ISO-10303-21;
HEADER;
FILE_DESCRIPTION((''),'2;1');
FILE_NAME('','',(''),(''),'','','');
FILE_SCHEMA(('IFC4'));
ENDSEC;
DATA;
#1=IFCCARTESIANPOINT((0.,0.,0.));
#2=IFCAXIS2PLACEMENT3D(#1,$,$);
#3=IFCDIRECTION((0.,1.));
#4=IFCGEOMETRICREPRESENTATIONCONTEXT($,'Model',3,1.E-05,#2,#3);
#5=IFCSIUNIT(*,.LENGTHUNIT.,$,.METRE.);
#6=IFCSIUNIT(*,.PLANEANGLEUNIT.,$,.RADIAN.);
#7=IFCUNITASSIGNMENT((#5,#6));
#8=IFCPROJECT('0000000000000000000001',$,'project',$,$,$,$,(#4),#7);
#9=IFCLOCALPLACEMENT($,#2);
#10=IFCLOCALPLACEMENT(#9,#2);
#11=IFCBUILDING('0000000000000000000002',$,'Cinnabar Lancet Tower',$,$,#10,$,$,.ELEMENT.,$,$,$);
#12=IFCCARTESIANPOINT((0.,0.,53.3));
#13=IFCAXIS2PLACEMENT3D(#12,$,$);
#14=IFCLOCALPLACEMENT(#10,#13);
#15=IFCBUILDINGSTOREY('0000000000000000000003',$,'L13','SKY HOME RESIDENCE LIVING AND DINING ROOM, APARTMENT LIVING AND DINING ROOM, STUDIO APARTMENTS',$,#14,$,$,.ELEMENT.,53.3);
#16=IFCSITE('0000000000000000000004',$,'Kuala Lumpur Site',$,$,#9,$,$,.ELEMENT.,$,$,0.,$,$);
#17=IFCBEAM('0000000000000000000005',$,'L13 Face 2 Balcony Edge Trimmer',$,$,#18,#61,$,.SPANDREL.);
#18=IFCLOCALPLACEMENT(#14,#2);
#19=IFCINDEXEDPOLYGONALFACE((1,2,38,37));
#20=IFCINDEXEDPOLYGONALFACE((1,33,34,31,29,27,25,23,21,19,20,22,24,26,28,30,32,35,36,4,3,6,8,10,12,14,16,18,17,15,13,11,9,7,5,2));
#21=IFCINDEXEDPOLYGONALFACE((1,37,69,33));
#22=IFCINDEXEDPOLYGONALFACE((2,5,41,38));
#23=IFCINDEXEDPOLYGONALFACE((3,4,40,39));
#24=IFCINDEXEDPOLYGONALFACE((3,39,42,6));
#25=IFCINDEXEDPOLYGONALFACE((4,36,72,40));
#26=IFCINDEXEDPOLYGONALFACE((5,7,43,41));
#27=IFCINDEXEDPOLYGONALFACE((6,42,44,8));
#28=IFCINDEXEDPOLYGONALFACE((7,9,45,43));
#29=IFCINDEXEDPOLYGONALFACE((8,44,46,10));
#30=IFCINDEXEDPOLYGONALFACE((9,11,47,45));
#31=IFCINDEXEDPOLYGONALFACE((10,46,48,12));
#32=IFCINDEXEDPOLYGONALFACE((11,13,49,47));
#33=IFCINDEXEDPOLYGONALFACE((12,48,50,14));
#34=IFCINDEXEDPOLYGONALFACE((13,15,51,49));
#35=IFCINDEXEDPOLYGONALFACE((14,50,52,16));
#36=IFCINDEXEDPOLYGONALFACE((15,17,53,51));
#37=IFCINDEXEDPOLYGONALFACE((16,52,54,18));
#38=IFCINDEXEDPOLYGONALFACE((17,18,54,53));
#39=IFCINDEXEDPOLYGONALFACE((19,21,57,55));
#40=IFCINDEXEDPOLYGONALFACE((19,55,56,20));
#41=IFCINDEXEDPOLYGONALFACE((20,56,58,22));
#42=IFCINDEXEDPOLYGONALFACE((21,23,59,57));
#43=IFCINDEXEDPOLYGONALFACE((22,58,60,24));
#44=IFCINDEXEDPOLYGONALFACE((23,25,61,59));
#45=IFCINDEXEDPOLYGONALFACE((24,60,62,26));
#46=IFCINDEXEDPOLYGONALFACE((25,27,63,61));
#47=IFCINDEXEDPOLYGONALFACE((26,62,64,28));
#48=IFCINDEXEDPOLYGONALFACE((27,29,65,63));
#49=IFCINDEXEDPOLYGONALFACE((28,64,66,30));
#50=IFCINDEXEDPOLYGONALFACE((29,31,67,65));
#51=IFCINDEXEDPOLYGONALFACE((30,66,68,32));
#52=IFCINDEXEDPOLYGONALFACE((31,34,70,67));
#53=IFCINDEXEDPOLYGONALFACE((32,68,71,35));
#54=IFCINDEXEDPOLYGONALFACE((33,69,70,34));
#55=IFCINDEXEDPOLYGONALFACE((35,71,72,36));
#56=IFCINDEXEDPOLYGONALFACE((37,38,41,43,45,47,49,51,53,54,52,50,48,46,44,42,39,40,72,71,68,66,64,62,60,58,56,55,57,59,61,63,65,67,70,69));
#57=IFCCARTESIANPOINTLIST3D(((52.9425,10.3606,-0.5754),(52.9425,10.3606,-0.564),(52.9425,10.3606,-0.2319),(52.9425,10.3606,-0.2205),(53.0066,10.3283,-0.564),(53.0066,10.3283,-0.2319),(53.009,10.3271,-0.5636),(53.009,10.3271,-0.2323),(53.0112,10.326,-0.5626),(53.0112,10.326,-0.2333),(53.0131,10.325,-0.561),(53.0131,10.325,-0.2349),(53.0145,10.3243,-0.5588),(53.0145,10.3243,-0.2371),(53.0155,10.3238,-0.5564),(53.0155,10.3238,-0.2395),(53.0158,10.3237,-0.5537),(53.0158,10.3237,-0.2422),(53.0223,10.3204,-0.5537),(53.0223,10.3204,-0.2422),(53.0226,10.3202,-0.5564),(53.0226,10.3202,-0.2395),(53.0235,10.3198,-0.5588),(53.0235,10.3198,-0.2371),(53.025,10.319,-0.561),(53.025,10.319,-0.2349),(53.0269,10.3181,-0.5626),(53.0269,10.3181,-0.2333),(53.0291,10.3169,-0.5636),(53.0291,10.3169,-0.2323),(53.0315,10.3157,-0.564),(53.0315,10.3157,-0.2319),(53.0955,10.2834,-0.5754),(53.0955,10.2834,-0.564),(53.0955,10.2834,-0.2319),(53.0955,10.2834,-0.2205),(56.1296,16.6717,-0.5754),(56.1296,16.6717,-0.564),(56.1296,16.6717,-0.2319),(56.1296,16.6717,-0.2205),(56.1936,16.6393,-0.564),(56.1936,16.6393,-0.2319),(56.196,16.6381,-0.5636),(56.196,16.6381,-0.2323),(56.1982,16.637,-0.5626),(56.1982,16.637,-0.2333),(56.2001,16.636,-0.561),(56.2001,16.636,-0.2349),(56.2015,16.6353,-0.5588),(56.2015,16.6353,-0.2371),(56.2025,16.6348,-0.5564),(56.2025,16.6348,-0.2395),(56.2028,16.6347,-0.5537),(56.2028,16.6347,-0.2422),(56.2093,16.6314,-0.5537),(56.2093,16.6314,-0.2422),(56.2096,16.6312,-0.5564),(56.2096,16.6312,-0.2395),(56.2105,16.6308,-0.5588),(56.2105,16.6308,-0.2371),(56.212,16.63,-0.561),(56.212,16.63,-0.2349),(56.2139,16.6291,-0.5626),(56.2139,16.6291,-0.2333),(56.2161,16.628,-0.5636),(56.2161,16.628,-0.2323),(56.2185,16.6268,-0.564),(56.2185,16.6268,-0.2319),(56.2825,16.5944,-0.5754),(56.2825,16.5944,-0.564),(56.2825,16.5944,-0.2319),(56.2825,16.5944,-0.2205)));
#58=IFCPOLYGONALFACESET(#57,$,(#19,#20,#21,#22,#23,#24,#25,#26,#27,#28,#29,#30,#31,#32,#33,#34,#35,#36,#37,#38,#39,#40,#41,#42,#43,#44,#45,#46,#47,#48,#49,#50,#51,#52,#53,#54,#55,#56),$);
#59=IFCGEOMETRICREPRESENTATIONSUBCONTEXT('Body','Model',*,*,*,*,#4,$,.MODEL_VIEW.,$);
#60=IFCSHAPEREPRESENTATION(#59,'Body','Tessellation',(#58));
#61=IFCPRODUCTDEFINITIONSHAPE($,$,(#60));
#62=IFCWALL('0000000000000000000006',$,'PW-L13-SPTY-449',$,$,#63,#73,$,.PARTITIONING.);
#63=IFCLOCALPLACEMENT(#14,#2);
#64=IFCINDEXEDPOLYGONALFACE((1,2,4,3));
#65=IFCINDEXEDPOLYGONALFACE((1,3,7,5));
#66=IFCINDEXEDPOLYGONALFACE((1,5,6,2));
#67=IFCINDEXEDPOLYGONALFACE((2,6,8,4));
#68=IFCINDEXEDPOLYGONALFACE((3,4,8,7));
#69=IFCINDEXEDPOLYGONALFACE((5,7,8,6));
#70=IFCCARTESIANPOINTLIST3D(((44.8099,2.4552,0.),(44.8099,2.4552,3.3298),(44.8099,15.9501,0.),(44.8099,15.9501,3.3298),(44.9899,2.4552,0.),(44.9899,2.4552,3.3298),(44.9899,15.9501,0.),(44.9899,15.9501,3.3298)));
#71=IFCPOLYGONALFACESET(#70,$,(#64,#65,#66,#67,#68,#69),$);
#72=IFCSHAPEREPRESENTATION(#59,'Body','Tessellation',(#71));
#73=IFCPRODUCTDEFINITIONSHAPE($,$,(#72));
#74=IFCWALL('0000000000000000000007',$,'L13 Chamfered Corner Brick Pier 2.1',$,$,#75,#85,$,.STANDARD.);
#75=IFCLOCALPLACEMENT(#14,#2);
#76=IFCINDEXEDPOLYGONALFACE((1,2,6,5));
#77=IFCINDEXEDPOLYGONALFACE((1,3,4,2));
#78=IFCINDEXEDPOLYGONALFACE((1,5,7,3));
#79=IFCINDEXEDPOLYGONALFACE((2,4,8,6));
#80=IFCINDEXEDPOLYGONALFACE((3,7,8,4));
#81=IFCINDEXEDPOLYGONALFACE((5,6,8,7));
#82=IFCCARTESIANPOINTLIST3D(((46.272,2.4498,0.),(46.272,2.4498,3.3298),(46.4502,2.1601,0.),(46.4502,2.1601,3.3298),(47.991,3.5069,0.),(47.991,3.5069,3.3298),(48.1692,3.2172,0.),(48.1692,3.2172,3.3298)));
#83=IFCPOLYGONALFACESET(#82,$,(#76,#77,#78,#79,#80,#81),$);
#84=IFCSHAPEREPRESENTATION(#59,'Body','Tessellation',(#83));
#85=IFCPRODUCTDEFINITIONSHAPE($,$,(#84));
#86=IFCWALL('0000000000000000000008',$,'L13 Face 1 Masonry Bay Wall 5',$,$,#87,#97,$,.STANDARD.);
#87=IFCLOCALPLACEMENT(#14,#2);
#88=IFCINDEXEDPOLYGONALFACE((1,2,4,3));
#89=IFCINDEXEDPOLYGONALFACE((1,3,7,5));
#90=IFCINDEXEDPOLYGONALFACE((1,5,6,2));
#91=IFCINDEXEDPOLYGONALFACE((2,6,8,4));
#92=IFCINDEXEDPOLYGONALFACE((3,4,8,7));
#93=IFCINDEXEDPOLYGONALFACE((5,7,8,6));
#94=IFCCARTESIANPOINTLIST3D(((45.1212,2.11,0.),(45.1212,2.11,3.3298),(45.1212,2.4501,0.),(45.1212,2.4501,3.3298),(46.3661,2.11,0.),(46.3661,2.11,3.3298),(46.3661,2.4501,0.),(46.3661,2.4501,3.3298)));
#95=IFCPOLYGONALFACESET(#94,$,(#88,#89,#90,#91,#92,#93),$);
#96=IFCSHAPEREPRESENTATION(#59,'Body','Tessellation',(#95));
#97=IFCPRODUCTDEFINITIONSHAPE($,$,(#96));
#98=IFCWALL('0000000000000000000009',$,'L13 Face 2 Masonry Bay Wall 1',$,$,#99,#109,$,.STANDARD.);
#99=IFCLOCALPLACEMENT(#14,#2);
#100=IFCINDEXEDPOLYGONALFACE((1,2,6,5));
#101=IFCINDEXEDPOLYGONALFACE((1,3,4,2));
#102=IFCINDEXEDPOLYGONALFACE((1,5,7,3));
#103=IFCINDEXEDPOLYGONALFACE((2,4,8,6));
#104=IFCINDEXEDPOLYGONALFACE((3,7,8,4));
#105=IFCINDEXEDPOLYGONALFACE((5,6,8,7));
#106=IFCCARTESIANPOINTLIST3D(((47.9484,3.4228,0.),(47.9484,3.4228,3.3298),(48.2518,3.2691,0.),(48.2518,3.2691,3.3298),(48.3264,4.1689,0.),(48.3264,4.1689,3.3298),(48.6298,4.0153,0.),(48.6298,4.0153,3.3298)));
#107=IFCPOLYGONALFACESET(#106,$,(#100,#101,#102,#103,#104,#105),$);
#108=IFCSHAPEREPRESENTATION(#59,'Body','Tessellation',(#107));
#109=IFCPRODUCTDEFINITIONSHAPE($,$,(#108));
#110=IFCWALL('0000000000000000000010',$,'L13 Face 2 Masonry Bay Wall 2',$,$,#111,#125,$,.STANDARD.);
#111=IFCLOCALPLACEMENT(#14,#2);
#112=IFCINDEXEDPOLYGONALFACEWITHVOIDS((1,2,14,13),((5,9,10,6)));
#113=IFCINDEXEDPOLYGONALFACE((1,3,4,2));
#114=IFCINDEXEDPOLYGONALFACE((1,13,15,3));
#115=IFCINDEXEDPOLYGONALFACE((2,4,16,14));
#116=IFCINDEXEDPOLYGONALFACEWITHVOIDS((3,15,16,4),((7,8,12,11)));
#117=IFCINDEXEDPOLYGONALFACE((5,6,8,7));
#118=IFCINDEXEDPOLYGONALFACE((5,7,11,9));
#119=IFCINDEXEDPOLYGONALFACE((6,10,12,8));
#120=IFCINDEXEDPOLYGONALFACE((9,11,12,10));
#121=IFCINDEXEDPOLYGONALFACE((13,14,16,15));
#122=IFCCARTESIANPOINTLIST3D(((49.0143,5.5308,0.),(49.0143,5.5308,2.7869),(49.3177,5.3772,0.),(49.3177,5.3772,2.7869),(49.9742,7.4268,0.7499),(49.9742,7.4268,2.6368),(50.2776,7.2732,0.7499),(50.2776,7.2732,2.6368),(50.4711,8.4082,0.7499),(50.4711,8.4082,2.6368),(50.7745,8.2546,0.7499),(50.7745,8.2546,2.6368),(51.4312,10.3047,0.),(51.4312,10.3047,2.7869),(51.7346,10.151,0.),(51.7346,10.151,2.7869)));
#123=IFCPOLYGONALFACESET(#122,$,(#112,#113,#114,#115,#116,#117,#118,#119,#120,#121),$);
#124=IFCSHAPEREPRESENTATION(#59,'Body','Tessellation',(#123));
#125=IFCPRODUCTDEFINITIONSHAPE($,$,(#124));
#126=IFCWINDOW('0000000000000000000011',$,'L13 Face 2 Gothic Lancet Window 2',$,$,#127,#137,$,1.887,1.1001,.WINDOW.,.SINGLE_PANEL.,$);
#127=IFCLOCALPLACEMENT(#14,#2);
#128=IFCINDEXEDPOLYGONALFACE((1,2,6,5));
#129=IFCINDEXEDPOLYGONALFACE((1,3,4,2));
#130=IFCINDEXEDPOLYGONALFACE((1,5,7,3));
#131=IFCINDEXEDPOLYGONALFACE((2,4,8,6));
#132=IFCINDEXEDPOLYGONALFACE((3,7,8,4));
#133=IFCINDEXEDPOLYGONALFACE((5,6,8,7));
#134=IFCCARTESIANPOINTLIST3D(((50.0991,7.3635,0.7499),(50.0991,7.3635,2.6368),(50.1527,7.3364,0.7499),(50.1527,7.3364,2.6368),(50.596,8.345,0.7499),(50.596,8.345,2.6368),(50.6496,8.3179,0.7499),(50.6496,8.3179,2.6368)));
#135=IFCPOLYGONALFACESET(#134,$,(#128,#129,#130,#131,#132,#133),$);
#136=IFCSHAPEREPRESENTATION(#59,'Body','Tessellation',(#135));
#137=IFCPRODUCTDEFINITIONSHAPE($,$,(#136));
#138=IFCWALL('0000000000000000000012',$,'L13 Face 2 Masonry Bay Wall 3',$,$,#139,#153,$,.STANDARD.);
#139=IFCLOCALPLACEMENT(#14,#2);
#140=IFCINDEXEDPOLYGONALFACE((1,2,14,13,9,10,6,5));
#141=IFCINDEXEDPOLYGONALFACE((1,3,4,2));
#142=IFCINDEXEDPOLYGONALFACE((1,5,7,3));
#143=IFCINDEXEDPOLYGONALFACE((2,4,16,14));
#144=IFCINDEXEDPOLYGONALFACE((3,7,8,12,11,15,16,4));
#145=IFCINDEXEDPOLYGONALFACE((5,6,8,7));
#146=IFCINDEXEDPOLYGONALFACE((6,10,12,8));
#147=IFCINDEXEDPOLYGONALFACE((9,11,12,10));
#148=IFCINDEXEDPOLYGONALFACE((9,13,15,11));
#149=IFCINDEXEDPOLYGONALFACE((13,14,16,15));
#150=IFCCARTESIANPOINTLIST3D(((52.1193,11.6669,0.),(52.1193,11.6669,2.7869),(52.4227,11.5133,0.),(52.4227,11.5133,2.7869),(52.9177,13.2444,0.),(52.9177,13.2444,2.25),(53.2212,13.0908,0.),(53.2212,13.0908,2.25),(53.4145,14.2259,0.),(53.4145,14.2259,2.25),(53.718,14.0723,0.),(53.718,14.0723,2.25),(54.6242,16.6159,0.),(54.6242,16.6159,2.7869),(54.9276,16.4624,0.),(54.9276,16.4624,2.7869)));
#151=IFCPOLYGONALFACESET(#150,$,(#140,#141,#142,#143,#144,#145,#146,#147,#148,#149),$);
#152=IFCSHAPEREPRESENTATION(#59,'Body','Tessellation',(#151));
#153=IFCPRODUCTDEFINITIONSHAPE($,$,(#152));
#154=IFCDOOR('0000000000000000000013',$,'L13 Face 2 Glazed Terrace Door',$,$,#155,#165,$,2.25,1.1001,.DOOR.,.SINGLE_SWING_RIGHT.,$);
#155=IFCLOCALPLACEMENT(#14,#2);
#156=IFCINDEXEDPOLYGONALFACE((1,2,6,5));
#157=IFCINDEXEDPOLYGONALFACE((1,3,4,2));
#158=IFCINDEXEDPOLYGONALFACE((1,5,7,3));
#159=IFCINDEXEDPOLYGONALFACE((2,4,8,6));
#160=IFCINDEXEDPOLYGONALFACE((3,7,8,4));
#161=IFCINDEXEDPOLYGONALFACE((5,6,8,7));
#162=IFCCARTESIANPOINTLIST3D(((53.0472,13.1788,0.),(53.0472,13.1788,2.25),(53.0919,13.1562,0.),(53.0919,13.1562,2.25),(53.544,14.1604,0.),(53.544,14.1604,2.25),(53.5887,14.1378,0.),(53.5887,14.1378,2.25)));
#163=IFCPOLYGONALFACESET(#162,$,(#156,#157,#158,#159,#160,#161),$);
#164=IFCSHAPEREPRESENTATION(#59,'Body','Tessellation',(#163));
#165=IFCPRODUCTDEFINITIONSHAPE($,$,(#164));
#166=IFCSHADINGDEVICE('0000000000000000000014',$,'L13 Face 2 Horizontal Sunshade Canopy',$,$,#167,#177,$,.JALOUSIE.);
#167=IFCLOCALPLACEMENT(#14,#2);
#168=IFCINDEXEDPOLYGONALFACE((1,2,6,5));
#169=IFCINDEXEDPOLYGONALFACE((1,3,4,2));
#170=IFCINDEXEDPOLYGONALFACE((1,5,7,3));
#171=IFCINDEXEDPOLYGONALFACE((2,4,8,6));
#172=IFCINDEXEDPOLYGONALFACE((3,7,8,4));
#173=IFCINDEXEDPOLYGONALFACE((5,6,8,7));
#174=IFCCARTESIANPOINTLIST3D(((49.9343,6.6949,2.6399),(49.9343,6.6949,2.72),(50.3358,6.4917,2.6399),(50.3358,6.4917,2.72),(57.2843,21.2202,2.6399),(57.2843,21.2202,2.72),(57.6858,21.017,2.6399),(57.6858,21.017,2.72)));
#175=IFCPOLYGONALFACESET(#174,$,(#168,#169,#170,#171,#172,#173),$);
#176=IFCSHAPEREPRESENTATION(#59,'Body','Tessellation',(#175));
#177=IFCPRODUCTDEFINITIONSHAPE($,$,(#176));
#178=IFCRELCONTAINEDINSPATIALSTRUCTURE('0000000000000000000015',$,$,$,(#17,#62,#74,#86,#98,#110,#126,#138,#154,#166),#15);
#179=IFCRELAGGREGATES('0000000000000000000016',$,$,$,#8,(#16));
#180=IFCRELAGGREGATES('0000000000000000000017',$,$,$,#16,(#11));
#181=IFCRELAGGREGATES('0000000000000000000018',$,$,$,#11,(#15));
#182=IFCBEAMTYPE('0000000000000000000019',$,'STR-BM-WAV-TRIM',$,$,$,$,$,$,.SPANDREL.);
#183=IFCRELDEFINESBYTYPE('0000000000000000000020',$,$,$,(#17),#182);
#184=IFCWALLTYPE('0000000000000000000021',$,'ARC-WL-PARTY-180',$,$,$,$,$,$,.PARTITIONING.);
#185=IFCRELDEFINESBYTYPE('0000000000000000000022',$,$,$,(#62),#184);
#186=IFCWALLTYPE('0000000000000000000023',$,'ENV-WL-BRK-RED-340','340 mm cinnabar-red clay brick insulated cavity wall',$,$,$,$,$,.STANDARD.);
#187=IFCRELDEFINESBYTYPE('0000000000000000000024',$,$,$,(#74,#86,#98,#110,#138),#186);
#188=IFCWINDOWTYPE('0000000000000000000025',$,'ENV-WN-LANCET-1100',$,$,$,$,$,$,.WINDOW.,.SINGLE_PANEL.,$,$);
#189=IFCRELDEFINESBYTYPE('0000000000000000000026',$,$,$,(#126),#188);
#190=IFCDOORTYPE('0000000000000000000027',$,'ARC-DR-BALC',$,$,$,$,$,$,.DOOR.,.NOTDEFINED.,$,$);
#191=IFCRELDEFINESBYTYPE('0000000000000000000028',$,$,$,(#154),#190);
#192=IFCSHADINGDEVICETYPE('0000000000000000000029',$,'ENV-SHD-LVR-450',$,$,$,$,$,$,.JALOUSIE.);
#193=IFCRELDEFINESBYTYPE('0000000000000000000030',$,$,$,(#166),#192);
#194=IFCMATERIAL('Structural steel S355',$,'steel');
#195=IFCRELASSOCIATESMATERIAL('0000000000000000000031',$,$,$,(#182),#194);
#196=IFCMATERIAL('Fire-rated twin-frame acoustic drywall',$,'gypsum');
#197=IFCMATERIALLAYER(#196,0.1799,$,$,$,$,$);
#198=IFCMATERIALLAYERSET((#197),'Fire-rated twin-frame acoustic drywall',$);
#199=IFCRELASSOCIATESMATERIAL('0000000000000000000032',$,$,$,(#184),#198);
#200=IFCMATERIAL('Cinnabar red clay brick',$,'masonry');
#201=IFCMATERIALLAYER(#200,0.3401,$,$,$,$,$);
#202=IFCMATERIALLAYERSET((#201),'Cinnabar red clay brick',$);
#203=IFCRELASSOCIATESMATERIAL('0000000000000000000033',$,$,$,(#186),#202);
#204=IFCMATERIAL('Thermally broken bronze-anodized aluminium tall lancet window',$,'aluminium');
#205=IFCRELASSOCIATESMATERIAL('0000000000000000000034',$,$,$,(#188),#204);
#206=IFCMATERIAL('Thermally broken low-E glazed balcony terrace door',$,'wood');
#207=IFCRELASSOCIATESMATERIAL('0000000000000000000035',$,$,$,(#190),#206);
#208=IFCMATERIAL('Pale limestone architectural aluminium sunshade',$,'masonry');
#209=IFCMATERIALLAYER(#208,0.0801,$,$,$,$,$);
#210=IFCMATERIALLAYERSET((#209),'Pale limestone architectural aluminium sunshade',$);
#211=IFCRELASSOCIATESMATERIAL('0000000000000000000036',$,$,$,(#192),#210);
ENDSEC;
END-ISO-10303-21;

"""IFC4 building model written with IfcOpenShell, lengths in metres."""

from ifc_helpers import new_model, si_unit, direction, frame, frame_2d, origin, origin_2d, place, context, subcontext, project, spatial, rectangle, i_section, extrude, material, layer, layer_set, material_profile, profile_set, type_object, element, fill, save


model = new_model("IFC4")

# Units and contexts
model_context = context("Model", 3, precision=1e-05, world=origin(), true_north=direction((0.0, 1.0)))
body_context = subcontext(model_context, "Body", "Model", "MODEL_VIEW")
ifc_project = project(units=[si_unit("LENGTHUNIT", "METRE"), si_unit("PLANEANGLEUNIT", "RADIAN")], contexts=[model_context])

# Site, building, storey
site_placement = place(None, origin())
site = spatial("IfcSite", under=ifc_project, at=site_placement, Name="Kuala Lumpur Site", CompositionType="ELEMENT", RefElevation=0.0)
building_placement = place(site_placement, origin())
building = spatial("IfcBuilding", under=site, at=building_placement, Name="Cinnabar Lancet Tower", CompositionType="ELEMENT")
storey_placement = place(building_placement, frame((0.0, 0.0, 53.3)))
storey = spatial("IfcBuildingStorey", under=building, at=storey_placement, Name="L13", Description="SKY HOME RESIDENCE LIVING AND DINING ROOM, APARTMENT LIVING AND DINING ROOM, STUDIO APARTMENTS", CompositionType="ELEMENT", Elevation=53.3)

# Beam
ifc_material_1 = material(Name="Structural steel S355", Category="steel")
ifc_material_profile_1 = material_profile(ifc_material_1, i_section(OverallWidth=0.1714, OverallDepth=0.355, WebThickness=0.0073, FlangeThickness=0.0115, FilletRadius=0.0103, at=origin_2d()), Name="UKB 356x171x51")
ifc_profile_set_1 = profile_set([ifc_material_profile_1], Name="Structural steel S355")
beam_type_1 = type_object("IfcBeamType", Name="STR-BM-WAV-TRIM", PredefinedType="SPANDREL", material=ifc_profile_set_1)
beam_1_placement = place(storey_placement, frame((53.019, 10.322, -0.3979), z_axis=(0.450774, 0.892638, 0.0), x_axis=(-0.892638, 0.450774, 0.0)))
element("IfcBeam", 1, at=beam_1_placement, inside=storey, type_object=beam_type_1, Name="L13 Face 2 Balcony Edge Trimmer", PredefinedType="SPANDREL", context=body_context, shape_type="SweptSolid", body=[
    extrude(i_section(OverallWidth=0.1714, OverallDepth=0.355, WebThickness=0.0073, FlangeThickness=0.0115, FilletRadius=0.0103, at=origin_2d()), origin(), (0.0, 0.0, 1.0), 7.0701),
])

# Walls
ifc_material_2 = material(Name="Fire-rated twin-frame acoustic drywall", Category="gypsum")
ifc_layer_1 = layer(ifc_material_2, 0.1799)
ifc_layer_set_1 = layer_set([ifc_layer_1], Name="Fire-rated twin-frame acoustic drywall")
wall_type_1 = type_object("IfcWallType", Name="ARC-WL-PARTY-180", PredefinedType="PARTITIONING", material=ifc_layer_set_1)
wall_1_placement = place(storey_placement, frame((44.8999, 2.4551, 0.0), z_axis=(0.0, 0.0, 1.0), x_axis=(0.0, 1.0, 0.0)))
element("IfcWall", 2, at=wall_1_placement, inside=storey, type_object=wall_type_1, Name="PW-L13-SPTY-449", PredefinedType="PARTITIONING", context=body_context, shape_type="SweptSolid", body=[
    extrude(rectangle(XDim=13.4949, YDim=0.1799, at=frame_2d((6.7476, 0.0))), origin(), (0.0, 0.0, 1.0), 3.3298),
])
ifc_material_3 = material(Name="Cinnabar red clay brick", Category="masonry")
ifc_layer_2 = layer(ifc_material_3, 0.3401)
ifc_layer_set_2 = layer_set([ifc_layer_2], Name="Cinnabar red clay brick")
wall_type_2 = type_object("IfcWallType", Name="ENV-WL-BRK-RED-340", Description="340 mm cinnabar-red clay brick insulated cavity wall", PredefinedType="STANDARD", material=ifc_layer_set_2)
wall_2_placement = place(storey_placement, frame((46.3611, 2.3049, 0.0), z_axis=(0.0, 0.0, 1.0), x_axis=(0.851816, 0.523841, 0.0)))
element("IfcWall", 3, at=wall_2_placement, inside=storey, type_object=wall_type_2, Name="L13 Chamfered Corner Brick Pier 2.1", PredefinedType="STANDARD", context=body_context, shape_type="SweptSolid", body=[
    extrude(rectangle(XDim=2.0181, YDim=0.3401, at=frame_2d((1.009, 0.0))), origin(), (0.0, 0.0, 1.0), 3.3298),
])
wall_3_placement = place(storey_placement, frame((45.1211, 2.28, 0.0), z_axis=(0.0, 0.0, 1.0), x_axis=(1.0, 0.0, 0.0)))
element("IfcWall", 4, at=wall_3_placement, inside=storey, type_object=wall_type_2, Name="L13 Face 1 Masonry Bay Wall 5", PredefinedType="STANDARD", context=body_context, shape_type="SweptSolid", body=[
    extrude(rectangle(XDim=1.2449, YDim=0.3401, at=frame_2d((0.6226, 0.0))), origin(), (0.0, 0.0, 1.0), 3.3298),
])
wall_4_placement = place(storey_placement, frame((48.1001, 3.3459, 0.0), z_axis=(0.0, 0.0, 1.0), x_axis=(0.451878, 0.89208, 0.0)))
element("IfcWall", 5, at=wall_4_placement, inside=storey, type_object=wall_type_2, Name="L13 Face 2 Masonry Bay Wall 1", PredefinedType="STANDARD", context=body_context, shape_type="SweptSolid", body=[
    extrude(rectangle(XDim=0.8364, YDim=0.3401, at=frame_2d((0.4182, 0.0))), origin(), (0.0, 0.0, 1.0), 3.3298),
])

# Wall, opening, window
wall_5_placement = place(storey_placement, frame((49.166, 5.4541, 0.0), z_axis=(0.0, 0.0, 1.0), x_axis=(0.451698, 0.892171, 0.0)))
wall_5 = element("IfcWall", 6, at=wall_5_placement, inside=storey, type_object=wall_type_2, Name="L13 Face 2 Masonry Bay Wall 2", PredefinedType="STANDARD", context=body_context, shape_type="SweptSolid", body=[
    extrude(rectangle(XDim=5.3508, YDim=0.3401, at=frame_2d((2.6753, 0.0))), origin(), (0.0, 0.0, 1.0), 2.7869),
])
opening_1_placement = place(wall_5_placement, frame((2.125, 0.0, 0.75)))
opening_1 = element("IfcOpeningElement", 7, at=opening_1_placement, cuts=wall_5, PredefinedType="OPENING", context=body_context, shape_type="SweptSolid", body=[
    extrude(rectangle(XDim=1.1001, YDim=1.887, at=frame_2d((0.55, 0.9434))), frame((0.0, 0.1799, 0.0), z_axis=(0.0, -1.0, 0.0), x_axis=(1.0, 0.0, 0.0)), (0.0, 0.0, 1.0), 0.3601),
])
ifc_material_4 = material(Name="Thermally broken bronze-anodized aluminium tall lancet window", Category="aluminium")
window_type = type_object("IfcWindowType", Name="ENV-WN-LANCET-1100", PartitioningType="SINGLE_PANEL", PredefinedType="WINDOW", material=ifc_material_4)
window_placement = place(opening_1_placement, origin())
window = element("IfcWindow", 8, at=window_placement, inside=storey, type_object=window_type, Name="L13 Face 2 Gothic Lancet Window 2", OverallHeight=1.887, OverallWidth=1.1001, PartitioningType="SINGLE_PANEL", PredefinedType="WINDOW", context=body_context, shape_type="SweptSolid", body=[
    extrude(rectangle(XDim=1.1001, YDim=1.887, at=frame_2d((0.55, 0.9434))), frame((0.0, 0.03, 0.0), z_axis=(0.0, -1.0, 0.0), x_axis=(1.0, 0.0, 0.0)), (0.0, 0.0, 1.0), 0.0601),
])
fill(opening_1, window)

# Wall, opening, door
wall_6_placement = place(storey_placement, frame((52.271, 11.5901, 0.0), z_axis=(0.0, 0.0, 1.0), x_axis=(0.451592, 0.892225, 0.0)))
wall_6 = element("IfcWall", 9, at=wall_6_placement, inside=storey, type_object=wall_type_2, Name="L13 Face 2 Masonry Bay Wall 3", PredefinedType="STANDARD", context=body_context, shape_type="SweptSolid", body=[
    extrude(rectangle(XDim=5.5469, YDim=0.3401, at=frame_2d((2.7734, 0.0))), origin(), (0.0, 0.0, 1.0), 2.7869),
])
opening_2_placement = place(wall_6_placement, frame((1.7681, 0.0, 0.0)))
opening_2 = element("IfcOpeningElement", 10, at=opening_2_placement, cuts=wall_6, PredefinedType="OPENING", context=body_context, shape_type="SweptSolid", body=[
    extrude(rectangle(XDim=1.1001, YDim=2.25, at=frame_2d((0.55, 1.125))), frame((0.0, 0.1799, 0.0), z_axis=(0.0, -1.0, 0.0), x_axis=(1.0, 0.0, 0.0)), (0.0, 0.0, 1.0), 0.3601),
])
ifc_material_5 = material(Name="Thermally broken low-E glazed balcony terrace door", Category="wood")
door_type = type_object("IfcDoorType", Name="ARC-DR-BALC", OperationType="NOTDEFINED", PredefinedType="DOOR", material=ifc_material_5)
door_placement = place(opening_2_placement, origin())
door = element("IfcDoor", 11, at=door_placement, inside=storey, type_object=door_type, Name="L13 Face 2 Glazed Terrace Door", OperationType="SINGLE_SWING_RIGHT", OverallHeight=2.25, OverallWidth=1.1001, PredefinedType="DOOR", context=body_context, shape_type="SweptSolid", body=[
    extrude(rectangle(XDim=1.1001, YDim=2.25, at=frame_2d((0.55, 1.125))), frame((0.0, 0.0249, 0.0), z_axis=(0.0, -1.0, 0.0), x_axis=(1.0, 0.0, 0.0)), (0.0, 0.0, 1.0), 0.05),
])
fill(opening_2, door)

# Shading device
ifc_material_6 = material(Name="Pale limestone architectural aluminium sunshade", Category="masonry")
ifc_layer_3 = layer(ifc_material_6, 0.0801)
ifc_layer_set_3 = layer_set([ifc_layer_3], Name="Pale limestone architectural aluminium sunshade")
shading_device_type = type_object("IfcShadingDeviceType", Name="ENV-SHD-LVR-450", PredefinedType="JALOUSIE", material=ifc_layer_set_3)
shading_device_placement = place(storey_placement, frame((53.8101, 13.856, 2.6399), z_axis=(0.0, 0.0, 1.0), x_axis=(0.451501, 0.892271, 0.0)))
element("IfcShadingDevice", 12, at=shading_device_placement, inside=storey, type_object=shading_device_type, Name="L13 Face 2 Horizontal Sunshade Canopy", PredefinedType="JALOUSIE", context=body_context, shape_type="SweptSolid", body=[
    extrude(rectangle(XDim=16.2791, YDim=0.45, at=origin_2d()), origin(), (0.0, 0.0, 1.0), 0.0801),
])

save(model, "model.ifc")
